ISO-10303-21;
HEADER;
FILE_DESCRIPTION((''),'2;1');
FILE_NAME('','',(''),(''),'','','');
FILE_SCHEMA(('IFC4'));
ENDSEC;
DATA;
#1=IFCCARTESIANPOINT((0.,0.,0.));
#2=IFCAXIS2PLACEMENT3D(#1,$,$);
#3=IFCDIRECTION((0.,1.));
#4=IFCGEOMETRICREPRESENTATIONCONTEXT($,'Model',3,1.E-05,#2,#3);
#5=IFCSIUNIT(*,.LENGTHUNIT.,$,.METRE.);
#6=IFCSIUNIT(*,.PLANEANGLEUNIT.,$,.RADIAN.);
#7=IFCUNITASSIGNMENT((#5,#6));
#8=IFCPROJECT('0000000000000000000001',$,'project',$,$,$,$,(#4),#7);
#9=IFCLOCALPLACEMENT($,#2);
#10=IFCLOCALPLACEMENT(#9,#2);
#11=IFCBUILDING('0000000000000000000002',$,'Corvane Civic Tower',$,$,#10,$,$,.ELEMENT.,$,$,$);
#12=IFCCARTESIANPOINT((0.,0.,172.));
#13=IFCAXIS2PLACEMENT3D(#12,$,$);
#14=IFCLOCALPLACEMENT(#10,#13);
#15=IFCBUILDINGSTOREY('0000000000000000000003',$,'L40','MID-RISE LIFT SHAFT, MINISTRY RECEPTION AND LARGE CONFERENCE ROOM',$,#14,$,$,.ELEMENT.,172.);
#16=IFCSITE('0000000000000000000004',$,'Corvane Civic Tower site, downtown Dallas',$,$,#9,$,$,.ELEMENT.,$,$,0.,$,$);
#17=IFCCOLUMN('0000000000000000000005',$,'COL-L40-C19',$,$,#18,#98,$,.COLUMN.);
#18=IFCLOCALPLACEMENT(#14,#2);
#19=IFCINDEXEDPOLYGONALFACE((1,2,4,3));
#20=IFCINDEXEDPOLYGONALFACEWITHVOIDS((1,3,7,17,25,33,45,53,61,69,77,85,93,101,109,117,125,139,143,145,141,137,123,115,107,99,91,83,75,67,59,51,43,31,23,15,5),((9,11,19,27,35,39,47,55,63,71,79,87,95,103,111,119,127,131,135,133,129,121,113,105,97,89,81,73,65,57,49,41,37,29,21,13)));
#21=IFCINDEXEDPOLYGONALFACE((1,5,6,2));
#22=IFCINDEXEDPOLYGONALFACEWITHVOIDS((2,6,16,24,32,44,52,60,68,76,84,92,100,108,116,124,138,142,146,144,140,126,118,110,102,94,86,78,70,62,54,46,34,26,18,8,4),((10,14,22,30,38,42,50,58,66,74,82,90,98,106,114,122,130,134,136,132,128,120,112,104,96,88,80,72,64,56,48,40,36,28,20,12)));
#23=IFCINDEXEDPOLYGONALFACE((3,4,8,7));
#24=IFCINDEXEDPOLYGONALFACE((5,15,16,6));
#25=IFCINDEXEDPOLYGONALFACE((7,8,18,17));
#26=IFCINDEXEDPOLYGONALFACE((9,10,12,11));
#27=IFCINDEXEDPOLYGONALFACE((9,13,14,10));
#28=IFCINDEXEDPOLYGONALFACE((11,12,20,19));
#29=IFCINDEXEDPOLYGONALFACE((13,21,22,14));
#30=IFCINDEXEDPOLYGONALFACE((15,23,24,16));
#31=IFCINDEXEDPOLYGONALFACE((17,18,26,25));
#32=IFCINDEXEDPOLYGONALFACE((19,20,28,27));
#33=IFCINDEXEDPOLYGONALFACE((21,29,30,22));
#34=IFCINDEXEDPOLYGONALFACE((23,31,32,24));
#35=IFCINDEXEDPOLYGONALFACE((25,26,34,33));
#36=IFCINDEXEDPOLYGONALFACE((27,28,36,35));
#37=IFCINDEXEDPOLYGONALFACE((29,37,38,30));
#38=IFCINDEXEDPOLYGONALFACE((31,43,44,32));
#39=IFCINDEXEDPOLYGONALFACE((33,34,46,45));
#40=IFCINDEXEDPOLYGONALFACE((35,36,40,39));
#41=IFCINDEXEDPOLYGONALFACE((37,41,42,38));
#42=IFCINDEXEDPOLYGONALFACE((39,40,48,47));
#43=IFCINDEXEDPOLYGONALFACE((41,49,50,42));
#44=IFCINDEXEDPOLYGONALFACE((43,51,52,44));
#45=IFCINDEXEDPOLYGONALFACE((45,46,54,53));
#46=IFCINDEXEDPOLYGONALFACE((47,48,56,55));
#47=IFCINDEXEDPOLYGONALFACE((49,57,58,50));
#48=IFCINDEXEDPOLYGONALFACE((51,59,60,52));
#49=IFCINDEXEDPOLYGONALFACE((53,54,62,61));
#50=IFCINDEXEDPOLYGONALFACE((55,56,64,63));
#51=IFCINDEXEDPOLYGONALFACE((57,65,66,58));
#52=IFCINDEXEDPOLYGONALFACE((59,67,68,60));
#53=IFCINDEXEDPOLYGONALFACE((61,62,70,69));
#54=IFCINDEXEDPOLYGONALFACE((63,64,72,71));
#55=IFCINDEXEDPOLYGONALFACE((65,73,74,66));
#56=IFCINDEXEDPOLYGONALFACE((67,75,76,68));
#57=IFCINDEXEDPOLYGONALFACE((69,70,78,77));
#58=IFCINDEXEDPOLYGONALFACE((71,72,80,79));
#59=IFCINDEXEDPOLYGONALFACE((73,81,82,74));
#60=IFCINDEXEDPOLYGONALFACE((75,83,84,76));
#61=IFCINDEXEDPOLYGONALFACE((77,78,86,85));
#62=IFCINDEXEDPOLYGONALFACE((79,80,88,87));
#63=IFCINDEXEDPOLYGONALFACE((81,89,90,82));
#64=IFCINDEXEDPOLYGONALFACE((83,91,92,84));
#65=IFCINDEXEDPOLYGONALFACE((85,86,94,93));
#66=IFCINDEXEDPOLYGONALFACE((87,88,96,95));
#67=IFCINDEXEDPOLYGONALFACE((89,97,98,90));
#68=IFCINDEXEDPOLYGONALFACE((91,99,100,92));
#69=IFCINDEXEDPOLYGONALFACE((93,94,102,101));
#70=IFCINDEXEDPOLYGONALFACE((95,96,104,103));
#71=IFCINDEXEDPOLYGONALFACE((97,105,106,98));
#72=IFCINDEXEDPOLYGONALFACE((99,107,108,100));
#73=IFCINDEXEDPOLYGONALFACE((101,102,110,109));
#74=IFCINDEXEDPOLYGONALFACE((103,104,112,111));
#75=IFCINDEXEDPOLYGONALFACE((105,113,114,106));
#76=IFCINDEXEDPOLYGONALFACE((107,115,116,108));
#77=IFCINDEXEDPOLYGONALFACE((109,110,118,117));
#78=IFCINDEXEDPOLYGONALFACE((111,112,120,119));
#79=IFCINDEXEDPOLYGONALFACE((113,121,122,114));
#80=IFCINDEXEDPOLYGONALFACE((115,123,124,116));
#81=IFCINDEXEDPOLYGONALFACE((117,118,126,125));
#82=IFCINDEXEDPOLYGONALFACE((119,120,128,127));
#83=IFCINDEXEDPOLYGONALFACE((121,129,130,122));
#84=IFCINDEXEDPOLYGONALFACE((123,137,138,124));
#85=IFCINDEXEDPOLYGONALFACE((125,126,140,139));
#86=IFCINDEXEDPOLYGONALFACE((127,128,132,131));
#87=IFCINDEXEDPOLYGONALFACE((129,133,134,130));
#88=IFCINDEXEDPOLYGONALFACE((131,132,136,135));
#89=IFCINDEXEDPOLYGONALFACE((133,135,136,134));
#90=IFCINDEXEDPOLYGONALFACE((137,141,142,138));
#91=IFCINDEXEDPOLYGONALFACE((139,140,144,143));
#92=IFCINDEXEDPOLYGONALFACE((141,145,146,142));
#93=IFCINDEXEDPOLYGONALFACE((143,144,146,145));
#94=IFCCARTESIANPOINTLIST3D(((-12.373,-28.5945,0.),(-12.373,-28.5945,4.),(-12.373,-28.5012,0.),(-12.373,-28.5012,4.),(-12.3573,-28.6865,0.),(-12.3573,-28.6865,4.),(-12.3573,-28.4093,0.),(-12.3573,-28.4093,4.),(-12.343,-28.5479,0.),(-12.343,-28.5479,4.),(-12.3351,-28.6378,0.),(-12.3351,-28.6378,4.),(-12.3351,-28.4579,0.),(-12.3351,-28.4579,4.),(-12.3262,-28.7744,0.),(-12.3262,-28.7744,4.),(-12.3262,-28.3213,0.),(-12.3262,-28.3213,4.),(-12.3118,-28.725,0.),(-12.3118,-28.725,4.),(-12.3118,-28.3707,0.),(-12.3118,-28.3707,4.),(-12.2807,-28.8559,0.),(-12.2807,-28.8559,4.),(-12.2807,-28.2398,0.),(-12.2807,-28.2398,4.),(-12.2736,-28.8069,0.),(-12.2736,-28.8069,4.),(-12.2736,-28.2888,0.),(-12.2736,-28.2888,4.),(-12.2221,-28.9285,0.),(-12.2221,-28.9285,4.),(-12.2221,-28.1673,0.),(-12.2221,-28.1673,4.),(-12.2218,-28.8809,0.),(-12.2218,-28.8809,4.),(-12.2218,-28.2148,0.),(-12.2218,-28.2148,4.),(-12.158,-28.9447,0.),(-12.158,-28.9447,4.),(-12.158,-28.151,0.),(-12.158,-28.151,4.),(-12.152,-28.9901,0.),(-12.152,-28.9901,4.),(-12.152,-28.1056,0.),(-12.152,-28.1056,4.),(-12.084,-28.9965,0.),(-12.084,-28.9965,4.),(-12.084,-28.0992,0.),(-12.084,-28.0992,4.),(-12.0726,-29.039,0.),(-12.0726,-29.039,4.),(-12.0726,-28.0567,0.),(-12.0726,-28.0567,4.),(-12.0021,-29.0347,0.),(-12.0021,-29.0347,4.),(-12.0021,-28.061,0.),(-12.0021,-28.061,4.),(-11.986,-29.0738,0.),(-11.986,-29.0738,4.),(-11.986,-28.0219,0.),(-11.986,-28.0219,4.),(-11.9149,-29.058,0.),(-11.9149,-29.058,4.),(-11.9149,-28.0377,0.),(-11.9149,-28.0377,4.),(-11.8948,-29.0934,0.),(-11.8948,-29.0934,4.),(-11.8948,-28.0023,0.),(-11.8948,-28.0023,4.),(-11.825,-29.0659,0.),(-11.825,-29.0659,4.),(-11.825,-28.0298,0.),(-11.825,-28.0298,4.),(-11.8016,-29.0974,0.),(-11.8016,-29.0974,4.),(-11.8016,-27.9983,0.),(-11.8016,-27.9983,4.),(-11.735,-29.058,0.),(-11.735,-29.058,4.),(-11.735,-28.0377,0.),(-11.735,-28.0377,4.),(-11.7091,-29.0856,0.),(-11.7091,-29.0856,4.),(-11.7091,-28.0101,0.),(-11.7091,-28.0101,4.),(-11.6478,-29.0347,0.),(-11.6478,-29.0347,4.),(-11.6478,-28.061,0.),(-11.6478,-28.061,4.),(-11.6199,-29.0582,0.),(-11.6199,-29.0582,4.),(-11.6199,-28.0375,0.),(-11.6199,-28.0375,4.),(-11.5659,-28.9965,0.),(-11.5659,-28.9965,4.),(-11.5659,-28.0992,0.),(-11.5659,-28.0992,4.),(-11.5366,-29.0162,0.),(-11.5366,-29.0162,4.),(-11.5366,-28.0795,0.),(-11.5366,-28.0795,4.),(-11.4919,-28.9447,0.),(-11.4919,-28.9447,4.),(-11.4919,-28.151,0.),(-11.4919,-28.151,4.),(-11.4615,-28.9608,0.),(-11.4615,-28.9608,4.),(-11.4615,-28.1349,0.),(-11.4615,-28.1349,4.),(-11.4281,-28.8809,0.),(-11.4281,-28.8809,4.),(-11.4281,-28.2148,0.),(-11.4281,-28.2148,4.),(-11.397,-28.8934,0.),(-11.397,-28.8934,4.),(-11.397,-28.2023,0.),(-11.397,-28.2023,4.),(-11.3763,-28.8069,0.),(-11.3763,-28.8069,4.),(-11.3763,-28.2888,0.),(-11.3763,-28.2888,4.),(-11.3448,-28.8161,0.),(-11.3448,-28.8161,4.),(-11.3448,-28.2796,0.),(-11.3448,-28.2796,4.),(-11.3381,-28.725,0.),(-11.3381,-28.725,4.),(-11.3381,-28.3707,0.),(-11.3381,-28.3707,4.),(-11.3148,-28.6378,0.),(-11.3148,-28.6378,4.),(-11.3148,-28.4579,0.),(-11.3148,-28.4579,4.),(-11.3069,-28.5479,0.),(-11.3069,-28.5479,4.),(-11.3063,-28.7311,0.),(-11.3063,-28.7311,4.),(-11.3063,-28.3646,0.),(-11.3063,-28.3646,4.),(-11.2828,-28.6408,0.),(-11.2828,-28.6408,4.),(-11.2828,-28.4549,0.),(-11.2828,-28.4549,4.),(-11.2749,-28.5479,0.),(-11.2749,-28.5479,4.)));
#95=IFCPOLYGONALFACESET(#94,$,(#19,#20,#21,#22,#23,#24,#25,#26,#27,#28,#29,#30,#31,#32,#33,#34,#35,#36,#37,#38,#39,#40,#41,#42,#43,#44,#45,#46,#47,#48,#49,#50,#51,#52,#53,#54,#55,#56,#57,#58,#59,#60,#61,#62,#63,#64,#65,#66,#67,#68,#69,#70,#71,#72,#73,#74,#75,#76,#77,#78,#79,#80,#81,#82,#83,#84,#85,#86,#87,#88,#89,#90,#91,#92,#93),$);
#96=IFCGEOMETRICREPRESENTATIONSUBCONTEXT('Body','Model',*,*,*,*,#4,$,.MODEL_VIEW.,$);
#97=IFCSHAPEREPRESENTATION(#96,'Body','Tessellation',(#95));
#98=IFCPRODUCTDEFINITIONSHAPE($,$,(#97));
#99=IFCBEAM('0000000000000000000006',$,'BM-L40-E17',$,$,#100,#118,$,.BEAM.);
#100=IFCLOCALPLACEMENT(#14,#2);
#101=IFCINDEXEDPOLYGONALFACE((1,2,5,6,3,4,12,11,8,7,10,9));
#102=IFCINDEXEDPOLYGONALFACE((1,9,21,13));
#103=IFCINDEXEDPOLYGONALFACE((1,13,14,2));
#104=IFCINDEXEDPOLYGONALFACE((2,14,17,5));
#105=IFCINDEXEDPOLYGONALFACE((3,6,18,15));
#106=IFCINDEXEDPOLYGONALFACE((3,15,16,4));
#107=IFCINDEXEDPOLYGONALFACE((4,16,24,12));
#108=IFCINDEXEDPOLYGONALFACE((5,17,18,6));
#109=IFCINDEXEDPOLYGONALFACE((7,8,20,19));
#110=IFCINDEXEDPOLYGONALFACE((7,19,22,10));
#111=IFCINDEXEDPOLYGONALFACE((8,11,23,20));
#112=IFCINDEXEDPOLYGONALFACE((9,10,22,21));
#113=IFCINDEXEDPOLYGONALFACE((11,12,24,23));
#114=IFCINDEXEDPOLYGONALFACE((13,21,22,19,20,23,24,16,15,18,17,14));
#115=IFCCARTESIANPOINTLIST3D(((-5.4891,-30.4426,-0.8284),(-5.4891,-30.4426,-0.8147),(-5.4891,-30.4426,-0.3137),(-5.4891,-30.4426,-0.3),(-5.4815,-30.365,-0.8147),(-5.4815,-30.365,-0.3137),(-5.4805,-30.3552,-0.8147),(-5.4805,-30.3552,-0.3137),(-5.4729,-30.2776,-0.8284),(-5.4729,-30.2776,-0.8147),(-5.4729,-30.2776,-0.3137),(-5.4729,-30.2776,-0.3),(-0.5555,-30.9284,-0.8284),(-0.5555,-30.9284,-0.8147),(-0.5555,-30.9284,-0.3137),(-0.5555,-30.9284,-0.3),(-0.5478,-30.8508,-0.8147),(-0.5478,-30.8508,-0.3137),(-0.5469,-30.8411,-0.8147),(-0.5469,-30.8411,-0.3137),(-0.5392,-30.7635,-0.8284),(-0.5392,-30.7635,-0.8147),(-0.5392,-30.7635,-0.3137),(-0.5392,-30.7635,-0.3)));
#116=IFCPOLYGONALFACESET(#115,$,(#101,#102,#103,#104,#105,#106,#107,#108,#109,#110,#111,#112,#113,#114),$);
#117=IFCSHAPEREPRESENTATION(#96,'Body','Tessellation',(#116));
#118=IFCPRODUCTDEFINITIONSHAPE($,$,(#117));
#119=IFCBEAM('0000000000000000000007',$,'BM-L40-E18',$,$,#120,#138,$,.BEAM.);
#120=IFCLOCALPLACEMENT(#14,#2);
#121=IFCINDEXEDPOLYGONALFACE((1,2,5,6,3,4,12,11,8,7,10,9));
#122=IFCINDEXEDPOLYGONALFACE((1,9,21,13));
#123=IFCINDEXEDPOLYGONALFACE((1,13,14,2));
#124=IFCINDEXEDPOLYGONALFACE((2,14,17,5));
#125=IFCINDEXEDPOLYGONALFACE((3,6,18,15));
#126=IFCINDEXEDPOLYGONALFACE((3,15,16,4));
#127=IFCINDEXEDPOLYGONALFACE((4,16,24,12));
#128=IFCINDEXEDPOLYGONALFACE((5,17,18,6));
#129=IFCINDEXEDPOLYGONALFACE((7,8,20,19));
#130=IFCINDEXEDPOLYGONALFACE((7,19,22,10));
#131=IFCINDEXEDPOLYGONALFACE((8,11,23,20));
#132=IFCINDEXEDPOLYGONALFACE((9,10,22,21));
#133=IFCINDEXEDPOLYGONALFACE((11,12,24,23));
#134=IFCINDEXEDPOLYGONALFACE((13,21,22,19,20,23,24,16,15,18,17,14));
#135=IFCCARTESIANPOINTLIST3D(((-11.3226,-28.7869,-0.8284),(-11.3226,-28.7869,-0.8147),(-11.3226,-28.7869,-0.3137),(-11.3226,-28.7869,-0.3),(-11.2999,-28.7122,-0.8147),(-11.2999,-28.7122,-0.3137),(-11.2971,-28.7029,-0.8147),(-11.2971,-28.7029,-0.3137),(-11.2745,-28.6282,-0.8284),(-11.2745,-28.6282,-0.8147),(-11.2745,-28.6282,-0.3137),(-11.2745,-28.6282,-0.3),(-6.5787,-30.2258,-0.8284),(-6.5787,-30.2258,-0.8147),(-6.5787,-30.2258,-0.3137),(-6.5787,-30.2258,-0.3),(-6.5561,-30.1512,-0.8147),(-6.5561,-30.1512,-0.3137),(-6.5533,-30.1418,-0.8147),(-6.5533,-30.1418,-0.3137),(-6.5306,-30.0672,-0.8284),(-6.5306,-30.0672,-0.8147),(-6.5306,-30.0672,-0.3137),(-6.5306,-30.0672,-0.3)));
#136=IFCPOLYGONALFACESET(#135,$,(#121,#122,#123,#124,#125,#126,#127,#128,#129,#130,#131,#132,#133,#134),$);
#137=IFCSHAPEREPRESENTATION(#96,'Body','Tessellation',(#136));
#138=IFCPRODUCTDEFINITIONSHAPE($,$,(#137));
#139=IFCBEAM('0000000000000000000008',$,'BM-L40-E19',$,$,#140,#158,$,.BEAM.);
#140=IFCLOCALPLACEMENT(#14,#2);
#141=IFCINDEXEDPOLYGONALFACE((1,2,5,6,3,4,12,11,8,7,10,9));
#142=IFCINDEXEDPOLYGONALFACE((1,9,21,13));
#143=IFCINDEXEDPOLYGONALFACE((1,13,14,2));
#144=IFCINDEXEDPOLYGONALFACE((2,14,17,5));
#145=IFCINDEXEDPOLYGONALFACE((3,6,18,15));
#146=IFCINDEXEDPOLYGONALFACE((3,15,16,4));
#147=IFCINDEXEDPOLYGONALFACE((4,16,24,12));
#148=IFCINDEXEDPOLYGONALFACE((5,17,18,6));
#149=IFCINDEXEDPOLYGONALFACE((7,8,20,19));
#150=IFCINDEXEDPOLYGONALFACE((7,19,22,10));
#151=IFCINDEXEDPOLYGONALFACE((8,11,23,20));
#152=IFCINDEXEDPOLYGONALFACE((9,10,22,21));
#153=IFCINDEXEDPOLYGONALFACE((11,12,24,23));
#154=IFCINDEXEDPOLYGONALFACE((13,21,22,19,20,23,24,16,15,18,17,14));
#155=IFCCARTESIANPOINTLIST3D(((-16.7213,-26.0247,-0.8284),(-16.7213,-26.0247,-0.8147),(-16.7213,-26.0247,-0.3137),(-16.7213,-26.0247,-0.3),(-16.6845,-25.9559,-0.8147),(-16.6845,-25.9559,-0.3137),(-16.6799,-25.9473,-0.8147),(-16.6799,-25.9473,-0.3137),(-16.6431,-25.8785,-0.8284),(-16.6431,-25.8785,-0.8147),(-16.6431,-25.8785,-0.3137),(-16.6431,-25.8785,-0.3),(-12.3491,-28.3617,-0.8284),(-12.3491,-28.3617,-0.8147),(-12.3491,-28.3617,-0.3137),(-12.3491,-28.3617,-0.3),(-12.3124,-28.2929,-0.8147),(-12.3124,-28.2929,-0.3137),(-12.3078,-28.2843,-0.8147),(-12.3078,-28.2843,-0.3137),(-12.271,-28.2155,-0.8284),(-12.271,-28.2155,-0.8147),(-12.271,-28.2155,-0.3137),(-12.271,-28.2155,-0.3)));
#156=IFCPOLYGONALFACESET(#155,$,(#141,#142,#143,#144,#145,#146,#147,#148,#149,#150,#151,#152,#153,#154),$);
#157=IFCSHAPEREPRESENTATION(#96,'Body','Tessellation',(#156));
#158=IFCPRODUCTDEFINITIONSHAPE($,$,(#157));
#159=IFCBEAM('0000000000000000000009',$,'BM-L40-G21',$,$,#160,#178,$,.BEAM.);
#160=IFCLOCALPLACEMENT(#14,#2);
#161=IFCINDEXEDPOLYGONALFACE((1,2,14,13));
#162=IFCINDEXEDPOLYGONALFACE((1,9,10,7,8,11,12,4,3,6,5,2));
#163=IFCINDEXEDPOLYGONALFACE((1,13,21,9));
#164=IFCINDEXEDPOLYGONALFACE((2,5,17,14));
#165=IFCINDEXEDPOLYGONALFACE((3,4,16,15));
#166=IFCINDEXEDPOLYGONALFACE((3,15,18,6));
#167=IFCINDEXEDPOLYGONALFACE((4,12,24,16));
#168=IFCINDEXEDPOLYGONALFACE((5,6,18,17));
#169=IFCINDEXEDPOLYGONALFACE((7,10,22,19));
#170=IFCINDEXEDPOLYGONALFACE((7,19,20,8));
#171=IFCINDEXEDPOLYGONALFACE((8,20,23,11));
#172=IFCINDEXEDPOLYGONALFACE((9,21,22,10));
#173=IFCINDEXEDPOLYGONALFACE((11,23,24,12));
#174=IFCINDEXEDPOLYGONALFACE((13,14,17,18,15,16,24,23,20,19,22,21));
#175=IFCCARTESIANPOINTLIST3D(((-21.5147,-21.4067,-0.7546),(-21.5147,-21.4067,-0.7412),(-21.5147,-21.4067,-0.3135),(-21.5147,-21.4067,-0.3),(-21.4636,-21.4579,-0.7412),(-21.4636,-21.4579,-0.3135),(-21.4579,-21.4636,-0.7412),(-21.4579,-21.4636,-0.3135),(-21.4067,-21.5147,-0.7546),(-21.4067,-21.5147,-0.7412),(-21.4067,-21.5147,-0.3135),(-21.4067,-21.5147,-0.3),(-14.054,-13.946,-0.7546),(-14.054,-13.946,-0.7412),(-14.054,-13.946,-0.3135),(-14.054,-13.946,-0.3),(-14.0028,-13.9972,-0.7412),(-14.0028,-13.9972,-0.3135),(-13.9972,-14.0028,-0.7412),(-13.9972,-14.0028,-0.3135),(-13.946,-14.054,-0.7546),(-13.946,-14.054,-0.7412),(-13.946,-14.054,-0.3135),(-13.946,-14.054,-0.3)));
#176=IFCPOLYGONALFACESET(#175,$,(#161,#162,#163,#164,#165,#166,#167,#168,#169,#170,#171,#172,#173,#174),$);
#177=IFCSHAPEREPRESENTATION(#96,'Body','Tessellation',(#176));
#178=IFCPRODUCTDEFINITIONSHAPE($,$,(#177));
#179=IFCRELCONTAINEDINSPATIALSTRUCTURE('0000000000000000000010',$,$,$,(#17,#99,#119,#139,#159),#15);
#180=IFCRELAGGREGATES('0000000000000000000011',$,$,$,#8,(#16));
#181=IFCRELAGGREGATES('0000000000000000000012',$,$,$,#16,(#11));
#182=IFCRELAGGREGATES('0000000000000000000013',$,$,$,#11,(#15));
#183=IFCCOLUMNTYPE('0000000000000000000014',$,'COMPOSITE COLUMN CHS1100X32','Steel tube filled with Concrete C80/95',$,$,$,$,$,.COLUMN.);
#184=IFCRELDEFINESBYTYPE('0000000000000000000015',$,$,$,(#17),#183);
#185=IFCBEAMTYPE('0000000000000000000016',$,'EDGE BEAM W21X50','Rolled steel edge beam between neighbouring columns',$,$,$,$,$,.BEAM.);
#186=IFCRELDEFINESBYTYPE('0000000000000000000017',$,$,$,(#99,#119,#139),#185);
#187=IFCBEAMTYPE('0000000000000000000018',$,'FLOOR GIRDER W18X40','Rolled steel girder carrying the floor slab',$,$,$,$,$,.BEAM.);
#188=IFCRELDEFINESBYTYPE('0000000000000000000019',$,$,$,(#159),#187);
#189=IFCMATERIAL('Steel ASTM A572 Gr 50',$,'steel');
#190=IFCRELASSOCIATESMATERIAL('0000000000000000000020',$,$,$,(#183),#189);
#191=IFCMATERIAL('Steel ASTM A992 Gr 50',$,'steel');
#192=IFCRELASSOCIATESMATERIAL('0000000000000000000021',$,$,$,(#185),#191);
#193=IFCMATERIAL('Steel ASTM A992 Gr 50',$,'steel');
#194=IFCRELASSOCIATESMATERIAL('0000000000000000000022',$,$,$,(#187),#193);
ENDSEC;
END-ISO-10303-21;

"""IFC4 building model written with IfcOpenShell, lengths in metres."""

from ifc_helpers import new_model, si_unit, direction, frame, origin, origin_2d, place, context, subcontext, project, spatial, hollow_circle, i_section, extrude, material, material_profile, profile_set, type_object, element, save


model = new_model("IFC4")

# Units and contexts
model_context = context("Model", 3, precision=1e-05, world=origin(), true_north=direction((0.0, 1.0)))
body_context = subcontext(model_context, "Body", "Model", "MODEL_VIEW")
ifc_project = project(units=[si_unit("LENGTHUNIT", "METRE"), si_unit("PLANEANGLEUNIT", "RADIAN")], contexts=[model_context])

# Site, building, storey
site_placement = place(None, origin())
site = spatial("IfcSite", under=ifc_project, at=site_placement, Name="Corvane Civic Tower site, downtown Dallas", CompositionType="ELEMENT", RefElevation=0.0)
building_placement = place(site_placement, origin())
building = spatial("IfcBuilding", under=site, at=building_placement, Name="Corvane Civic Tower", CompositionType="ELEMENT")
storey_placement = place(building_placement, frame((0.0, 0.0, 172.0)))
storey = spatial("IfcBuildingStorey", under=building, at=storey_placement, Name="L40", Description="MID-RISE LIFT SHAFT, MINISTRY RECEPTION AND LARGE CONFERENCE ROOM", CompositionType="ELEMENT", Elevation=172.0)

# Column
ifc_material_1 = material(Name="Steel ASTM A572 Gr 50", Category="steel")
ifc_material_profile_1 = material_profile(ifc_material_1, hollow_circle(Radius=0.55, WallThickness=0.032, at=origin_2d()), Name="CHS1100X32")
ifc_profile_set_1 = profile_set([ifc_material_profile_1], Name="Steel ASTM A572 Gr 50")
column_type = type_object("IfcColumnType", Name="COMPOSITE COLUMN CHS1100X32", Description="Steel tube filled with Concrete C80/95", PredefinedType="COLUMN", material=ifc_profile_set_1)
for number, where, z_axis, x_axis, name in (
    (1, (-11.825, -28.5479, 0.0), (0.0, 0.0, 1.0), (1.0, 0.0, 0.0), "COL-L40-C19"),
):
    element("IfcColumn", number, at=place(storey_placement, frame(where, z_axis=z_axis, x_axis=x_axis)), inside=storey, type_object=column_type, Name=name, PredefinedType="COLUMN", context=body_context, shape_type="SweptSolid", body=[
        extrude(hollow_circle(Radius=0.55, WallThickness=0.032, at=origin_2d()), origin(), (0.0, 0.0, 1.0), 4.0),
    ])

# Beams
ifc_material_2 = material(Name="Steel ASTM A992 Gr 50", Category="steel")
ifc_material_profile_2 = material_profile(ifc_material_2, i_section(OverallWidth=0.1658, OverallDepth=0.5283, WebThickness=0.0098, FlangeThickness=0.0137, at=origin_2d()), Name="W21X50")
ifc_profile_set_2 = profile_set([ifc_material_profile_2], Name="Steel ASTM A992 Gr 50")
beam_type_1 = type_object("IfcBeamType", Name="EDGE BEAM W21X50", Description="Rolled steel edge beam between neighbouring columns", PredefinedType="BEAM", material=ifc_profile_set_2)
beam_1_placement = place(storey_placement, frame((-0.5474, -30.8459, -0.5642), z_axis=(-0.995186, 0.098002, 0.0), x_axis=(-0.098002, -0.995186, 0.0)))
element("IfcBeam", 2, at=beam_1_placement, inside=storey, type_object=beam_type_1, Name="BM-L40-E17", PredefinedType="BEAM", context=body_context, shape_type="SweptSolid", body=[
    extrude(i_section(OverallWidth=0.1658, OverallDepth=0.5283, WebThickness=0.0098, FlangeThickness=0.0137, at=origin_2d()), origin(), (0.0, 0.0, 1.0), 4.9575),
])
beam_2_placement = place(storey_placement, frame((-6.5547, -30.1465, -0.5642), z_axis=(-0.956945, 0.29027, 0.0), x_axis=(-0.29027, -0.956945, 0.0)))
element("IfcBeam", 3, at=beam_2_placement, inside=storey, type_object=beam_type_1, Name="BM-L40-E18", PredefinedType="BEAM", context=body_context, shape_type="SweptSolid", body=[
    extrude(i_section(OverallWidth=0.1658, OverallDepth=0.5283, WebThickness=0.0098, FlangeThickness=0.0137, at=origin_2d()), origin(), (0.0, 0.0, 1.0), 4.9573),
])
beam_3_placement = place(storey_placement, frame((-12.3101, -28.2886, -0.5642), z_axis=(-0.881922, 0.471396, 0.0), x_axis=(-0.471396, -0.881922, 0.0)))
element("IfcBeam", 4, at=beam_3_placement, inside=storey, type_object=beam_type_1, Name="BM-L40-E19", PredefinedType="BEAM", context=body_context, shape_type="SweptSolid", body=[
    extrude(i_section(OverallWidth=0.1658, OverallDepth=0.5283, WebThickness=0.0098, FlangeThickness=0.0137, at=origin_2d()), origin(), (0.0, 0.0, 1.0), 4.9575),
])
ifc_material_3 = material(Name="Steel ASTM A992 Gr 50", Category="steel")
ifc_material_profile_3 = material_profile(ifc_material_3, i_section(OverallWidth=0.1528, OverallDepth=0.4546, WebThickness=0.0081, FlangeThickness=0.0134, at=origin_2d()), Name="W18X40")
ifc_profile_set_3 = profile_set([ifc_material_profile_3], Name="Steel ASTM A992 Gr 50")
beam_type_2 = type_object("IfcBeamType", Name="FLOOR GIRDER W18X40", Description="Rolled steel girder carrying the floor slab", PredefinedType="BEAM", material=ifc_profile_set_3)
beam_4_placement = place(storey_placement, frame((-14.0, -14.0, -0.5273), z_axis=(-0.707107, -0.707107, 0.0), x_axis=(0.707107, -0.707107, 0.0)))
element("IfcBeam", 5, at=beam_4_placement, inside=storey, type_object=beam_type_2, Name="BM-L40-G21", PredefinedType="BEAM", context=body_context, shape_type="SweptSolid", body=[
    extrude(i_section(OverallWidth=0.1528, OverallDepth=0.4546, WebThickness=0.0081, FlangeThickness=0.0134, at=origin_2d()), origin(), (0.0, 0.0, 1.0), 10.551),
])

save(model, "model.ifc")
